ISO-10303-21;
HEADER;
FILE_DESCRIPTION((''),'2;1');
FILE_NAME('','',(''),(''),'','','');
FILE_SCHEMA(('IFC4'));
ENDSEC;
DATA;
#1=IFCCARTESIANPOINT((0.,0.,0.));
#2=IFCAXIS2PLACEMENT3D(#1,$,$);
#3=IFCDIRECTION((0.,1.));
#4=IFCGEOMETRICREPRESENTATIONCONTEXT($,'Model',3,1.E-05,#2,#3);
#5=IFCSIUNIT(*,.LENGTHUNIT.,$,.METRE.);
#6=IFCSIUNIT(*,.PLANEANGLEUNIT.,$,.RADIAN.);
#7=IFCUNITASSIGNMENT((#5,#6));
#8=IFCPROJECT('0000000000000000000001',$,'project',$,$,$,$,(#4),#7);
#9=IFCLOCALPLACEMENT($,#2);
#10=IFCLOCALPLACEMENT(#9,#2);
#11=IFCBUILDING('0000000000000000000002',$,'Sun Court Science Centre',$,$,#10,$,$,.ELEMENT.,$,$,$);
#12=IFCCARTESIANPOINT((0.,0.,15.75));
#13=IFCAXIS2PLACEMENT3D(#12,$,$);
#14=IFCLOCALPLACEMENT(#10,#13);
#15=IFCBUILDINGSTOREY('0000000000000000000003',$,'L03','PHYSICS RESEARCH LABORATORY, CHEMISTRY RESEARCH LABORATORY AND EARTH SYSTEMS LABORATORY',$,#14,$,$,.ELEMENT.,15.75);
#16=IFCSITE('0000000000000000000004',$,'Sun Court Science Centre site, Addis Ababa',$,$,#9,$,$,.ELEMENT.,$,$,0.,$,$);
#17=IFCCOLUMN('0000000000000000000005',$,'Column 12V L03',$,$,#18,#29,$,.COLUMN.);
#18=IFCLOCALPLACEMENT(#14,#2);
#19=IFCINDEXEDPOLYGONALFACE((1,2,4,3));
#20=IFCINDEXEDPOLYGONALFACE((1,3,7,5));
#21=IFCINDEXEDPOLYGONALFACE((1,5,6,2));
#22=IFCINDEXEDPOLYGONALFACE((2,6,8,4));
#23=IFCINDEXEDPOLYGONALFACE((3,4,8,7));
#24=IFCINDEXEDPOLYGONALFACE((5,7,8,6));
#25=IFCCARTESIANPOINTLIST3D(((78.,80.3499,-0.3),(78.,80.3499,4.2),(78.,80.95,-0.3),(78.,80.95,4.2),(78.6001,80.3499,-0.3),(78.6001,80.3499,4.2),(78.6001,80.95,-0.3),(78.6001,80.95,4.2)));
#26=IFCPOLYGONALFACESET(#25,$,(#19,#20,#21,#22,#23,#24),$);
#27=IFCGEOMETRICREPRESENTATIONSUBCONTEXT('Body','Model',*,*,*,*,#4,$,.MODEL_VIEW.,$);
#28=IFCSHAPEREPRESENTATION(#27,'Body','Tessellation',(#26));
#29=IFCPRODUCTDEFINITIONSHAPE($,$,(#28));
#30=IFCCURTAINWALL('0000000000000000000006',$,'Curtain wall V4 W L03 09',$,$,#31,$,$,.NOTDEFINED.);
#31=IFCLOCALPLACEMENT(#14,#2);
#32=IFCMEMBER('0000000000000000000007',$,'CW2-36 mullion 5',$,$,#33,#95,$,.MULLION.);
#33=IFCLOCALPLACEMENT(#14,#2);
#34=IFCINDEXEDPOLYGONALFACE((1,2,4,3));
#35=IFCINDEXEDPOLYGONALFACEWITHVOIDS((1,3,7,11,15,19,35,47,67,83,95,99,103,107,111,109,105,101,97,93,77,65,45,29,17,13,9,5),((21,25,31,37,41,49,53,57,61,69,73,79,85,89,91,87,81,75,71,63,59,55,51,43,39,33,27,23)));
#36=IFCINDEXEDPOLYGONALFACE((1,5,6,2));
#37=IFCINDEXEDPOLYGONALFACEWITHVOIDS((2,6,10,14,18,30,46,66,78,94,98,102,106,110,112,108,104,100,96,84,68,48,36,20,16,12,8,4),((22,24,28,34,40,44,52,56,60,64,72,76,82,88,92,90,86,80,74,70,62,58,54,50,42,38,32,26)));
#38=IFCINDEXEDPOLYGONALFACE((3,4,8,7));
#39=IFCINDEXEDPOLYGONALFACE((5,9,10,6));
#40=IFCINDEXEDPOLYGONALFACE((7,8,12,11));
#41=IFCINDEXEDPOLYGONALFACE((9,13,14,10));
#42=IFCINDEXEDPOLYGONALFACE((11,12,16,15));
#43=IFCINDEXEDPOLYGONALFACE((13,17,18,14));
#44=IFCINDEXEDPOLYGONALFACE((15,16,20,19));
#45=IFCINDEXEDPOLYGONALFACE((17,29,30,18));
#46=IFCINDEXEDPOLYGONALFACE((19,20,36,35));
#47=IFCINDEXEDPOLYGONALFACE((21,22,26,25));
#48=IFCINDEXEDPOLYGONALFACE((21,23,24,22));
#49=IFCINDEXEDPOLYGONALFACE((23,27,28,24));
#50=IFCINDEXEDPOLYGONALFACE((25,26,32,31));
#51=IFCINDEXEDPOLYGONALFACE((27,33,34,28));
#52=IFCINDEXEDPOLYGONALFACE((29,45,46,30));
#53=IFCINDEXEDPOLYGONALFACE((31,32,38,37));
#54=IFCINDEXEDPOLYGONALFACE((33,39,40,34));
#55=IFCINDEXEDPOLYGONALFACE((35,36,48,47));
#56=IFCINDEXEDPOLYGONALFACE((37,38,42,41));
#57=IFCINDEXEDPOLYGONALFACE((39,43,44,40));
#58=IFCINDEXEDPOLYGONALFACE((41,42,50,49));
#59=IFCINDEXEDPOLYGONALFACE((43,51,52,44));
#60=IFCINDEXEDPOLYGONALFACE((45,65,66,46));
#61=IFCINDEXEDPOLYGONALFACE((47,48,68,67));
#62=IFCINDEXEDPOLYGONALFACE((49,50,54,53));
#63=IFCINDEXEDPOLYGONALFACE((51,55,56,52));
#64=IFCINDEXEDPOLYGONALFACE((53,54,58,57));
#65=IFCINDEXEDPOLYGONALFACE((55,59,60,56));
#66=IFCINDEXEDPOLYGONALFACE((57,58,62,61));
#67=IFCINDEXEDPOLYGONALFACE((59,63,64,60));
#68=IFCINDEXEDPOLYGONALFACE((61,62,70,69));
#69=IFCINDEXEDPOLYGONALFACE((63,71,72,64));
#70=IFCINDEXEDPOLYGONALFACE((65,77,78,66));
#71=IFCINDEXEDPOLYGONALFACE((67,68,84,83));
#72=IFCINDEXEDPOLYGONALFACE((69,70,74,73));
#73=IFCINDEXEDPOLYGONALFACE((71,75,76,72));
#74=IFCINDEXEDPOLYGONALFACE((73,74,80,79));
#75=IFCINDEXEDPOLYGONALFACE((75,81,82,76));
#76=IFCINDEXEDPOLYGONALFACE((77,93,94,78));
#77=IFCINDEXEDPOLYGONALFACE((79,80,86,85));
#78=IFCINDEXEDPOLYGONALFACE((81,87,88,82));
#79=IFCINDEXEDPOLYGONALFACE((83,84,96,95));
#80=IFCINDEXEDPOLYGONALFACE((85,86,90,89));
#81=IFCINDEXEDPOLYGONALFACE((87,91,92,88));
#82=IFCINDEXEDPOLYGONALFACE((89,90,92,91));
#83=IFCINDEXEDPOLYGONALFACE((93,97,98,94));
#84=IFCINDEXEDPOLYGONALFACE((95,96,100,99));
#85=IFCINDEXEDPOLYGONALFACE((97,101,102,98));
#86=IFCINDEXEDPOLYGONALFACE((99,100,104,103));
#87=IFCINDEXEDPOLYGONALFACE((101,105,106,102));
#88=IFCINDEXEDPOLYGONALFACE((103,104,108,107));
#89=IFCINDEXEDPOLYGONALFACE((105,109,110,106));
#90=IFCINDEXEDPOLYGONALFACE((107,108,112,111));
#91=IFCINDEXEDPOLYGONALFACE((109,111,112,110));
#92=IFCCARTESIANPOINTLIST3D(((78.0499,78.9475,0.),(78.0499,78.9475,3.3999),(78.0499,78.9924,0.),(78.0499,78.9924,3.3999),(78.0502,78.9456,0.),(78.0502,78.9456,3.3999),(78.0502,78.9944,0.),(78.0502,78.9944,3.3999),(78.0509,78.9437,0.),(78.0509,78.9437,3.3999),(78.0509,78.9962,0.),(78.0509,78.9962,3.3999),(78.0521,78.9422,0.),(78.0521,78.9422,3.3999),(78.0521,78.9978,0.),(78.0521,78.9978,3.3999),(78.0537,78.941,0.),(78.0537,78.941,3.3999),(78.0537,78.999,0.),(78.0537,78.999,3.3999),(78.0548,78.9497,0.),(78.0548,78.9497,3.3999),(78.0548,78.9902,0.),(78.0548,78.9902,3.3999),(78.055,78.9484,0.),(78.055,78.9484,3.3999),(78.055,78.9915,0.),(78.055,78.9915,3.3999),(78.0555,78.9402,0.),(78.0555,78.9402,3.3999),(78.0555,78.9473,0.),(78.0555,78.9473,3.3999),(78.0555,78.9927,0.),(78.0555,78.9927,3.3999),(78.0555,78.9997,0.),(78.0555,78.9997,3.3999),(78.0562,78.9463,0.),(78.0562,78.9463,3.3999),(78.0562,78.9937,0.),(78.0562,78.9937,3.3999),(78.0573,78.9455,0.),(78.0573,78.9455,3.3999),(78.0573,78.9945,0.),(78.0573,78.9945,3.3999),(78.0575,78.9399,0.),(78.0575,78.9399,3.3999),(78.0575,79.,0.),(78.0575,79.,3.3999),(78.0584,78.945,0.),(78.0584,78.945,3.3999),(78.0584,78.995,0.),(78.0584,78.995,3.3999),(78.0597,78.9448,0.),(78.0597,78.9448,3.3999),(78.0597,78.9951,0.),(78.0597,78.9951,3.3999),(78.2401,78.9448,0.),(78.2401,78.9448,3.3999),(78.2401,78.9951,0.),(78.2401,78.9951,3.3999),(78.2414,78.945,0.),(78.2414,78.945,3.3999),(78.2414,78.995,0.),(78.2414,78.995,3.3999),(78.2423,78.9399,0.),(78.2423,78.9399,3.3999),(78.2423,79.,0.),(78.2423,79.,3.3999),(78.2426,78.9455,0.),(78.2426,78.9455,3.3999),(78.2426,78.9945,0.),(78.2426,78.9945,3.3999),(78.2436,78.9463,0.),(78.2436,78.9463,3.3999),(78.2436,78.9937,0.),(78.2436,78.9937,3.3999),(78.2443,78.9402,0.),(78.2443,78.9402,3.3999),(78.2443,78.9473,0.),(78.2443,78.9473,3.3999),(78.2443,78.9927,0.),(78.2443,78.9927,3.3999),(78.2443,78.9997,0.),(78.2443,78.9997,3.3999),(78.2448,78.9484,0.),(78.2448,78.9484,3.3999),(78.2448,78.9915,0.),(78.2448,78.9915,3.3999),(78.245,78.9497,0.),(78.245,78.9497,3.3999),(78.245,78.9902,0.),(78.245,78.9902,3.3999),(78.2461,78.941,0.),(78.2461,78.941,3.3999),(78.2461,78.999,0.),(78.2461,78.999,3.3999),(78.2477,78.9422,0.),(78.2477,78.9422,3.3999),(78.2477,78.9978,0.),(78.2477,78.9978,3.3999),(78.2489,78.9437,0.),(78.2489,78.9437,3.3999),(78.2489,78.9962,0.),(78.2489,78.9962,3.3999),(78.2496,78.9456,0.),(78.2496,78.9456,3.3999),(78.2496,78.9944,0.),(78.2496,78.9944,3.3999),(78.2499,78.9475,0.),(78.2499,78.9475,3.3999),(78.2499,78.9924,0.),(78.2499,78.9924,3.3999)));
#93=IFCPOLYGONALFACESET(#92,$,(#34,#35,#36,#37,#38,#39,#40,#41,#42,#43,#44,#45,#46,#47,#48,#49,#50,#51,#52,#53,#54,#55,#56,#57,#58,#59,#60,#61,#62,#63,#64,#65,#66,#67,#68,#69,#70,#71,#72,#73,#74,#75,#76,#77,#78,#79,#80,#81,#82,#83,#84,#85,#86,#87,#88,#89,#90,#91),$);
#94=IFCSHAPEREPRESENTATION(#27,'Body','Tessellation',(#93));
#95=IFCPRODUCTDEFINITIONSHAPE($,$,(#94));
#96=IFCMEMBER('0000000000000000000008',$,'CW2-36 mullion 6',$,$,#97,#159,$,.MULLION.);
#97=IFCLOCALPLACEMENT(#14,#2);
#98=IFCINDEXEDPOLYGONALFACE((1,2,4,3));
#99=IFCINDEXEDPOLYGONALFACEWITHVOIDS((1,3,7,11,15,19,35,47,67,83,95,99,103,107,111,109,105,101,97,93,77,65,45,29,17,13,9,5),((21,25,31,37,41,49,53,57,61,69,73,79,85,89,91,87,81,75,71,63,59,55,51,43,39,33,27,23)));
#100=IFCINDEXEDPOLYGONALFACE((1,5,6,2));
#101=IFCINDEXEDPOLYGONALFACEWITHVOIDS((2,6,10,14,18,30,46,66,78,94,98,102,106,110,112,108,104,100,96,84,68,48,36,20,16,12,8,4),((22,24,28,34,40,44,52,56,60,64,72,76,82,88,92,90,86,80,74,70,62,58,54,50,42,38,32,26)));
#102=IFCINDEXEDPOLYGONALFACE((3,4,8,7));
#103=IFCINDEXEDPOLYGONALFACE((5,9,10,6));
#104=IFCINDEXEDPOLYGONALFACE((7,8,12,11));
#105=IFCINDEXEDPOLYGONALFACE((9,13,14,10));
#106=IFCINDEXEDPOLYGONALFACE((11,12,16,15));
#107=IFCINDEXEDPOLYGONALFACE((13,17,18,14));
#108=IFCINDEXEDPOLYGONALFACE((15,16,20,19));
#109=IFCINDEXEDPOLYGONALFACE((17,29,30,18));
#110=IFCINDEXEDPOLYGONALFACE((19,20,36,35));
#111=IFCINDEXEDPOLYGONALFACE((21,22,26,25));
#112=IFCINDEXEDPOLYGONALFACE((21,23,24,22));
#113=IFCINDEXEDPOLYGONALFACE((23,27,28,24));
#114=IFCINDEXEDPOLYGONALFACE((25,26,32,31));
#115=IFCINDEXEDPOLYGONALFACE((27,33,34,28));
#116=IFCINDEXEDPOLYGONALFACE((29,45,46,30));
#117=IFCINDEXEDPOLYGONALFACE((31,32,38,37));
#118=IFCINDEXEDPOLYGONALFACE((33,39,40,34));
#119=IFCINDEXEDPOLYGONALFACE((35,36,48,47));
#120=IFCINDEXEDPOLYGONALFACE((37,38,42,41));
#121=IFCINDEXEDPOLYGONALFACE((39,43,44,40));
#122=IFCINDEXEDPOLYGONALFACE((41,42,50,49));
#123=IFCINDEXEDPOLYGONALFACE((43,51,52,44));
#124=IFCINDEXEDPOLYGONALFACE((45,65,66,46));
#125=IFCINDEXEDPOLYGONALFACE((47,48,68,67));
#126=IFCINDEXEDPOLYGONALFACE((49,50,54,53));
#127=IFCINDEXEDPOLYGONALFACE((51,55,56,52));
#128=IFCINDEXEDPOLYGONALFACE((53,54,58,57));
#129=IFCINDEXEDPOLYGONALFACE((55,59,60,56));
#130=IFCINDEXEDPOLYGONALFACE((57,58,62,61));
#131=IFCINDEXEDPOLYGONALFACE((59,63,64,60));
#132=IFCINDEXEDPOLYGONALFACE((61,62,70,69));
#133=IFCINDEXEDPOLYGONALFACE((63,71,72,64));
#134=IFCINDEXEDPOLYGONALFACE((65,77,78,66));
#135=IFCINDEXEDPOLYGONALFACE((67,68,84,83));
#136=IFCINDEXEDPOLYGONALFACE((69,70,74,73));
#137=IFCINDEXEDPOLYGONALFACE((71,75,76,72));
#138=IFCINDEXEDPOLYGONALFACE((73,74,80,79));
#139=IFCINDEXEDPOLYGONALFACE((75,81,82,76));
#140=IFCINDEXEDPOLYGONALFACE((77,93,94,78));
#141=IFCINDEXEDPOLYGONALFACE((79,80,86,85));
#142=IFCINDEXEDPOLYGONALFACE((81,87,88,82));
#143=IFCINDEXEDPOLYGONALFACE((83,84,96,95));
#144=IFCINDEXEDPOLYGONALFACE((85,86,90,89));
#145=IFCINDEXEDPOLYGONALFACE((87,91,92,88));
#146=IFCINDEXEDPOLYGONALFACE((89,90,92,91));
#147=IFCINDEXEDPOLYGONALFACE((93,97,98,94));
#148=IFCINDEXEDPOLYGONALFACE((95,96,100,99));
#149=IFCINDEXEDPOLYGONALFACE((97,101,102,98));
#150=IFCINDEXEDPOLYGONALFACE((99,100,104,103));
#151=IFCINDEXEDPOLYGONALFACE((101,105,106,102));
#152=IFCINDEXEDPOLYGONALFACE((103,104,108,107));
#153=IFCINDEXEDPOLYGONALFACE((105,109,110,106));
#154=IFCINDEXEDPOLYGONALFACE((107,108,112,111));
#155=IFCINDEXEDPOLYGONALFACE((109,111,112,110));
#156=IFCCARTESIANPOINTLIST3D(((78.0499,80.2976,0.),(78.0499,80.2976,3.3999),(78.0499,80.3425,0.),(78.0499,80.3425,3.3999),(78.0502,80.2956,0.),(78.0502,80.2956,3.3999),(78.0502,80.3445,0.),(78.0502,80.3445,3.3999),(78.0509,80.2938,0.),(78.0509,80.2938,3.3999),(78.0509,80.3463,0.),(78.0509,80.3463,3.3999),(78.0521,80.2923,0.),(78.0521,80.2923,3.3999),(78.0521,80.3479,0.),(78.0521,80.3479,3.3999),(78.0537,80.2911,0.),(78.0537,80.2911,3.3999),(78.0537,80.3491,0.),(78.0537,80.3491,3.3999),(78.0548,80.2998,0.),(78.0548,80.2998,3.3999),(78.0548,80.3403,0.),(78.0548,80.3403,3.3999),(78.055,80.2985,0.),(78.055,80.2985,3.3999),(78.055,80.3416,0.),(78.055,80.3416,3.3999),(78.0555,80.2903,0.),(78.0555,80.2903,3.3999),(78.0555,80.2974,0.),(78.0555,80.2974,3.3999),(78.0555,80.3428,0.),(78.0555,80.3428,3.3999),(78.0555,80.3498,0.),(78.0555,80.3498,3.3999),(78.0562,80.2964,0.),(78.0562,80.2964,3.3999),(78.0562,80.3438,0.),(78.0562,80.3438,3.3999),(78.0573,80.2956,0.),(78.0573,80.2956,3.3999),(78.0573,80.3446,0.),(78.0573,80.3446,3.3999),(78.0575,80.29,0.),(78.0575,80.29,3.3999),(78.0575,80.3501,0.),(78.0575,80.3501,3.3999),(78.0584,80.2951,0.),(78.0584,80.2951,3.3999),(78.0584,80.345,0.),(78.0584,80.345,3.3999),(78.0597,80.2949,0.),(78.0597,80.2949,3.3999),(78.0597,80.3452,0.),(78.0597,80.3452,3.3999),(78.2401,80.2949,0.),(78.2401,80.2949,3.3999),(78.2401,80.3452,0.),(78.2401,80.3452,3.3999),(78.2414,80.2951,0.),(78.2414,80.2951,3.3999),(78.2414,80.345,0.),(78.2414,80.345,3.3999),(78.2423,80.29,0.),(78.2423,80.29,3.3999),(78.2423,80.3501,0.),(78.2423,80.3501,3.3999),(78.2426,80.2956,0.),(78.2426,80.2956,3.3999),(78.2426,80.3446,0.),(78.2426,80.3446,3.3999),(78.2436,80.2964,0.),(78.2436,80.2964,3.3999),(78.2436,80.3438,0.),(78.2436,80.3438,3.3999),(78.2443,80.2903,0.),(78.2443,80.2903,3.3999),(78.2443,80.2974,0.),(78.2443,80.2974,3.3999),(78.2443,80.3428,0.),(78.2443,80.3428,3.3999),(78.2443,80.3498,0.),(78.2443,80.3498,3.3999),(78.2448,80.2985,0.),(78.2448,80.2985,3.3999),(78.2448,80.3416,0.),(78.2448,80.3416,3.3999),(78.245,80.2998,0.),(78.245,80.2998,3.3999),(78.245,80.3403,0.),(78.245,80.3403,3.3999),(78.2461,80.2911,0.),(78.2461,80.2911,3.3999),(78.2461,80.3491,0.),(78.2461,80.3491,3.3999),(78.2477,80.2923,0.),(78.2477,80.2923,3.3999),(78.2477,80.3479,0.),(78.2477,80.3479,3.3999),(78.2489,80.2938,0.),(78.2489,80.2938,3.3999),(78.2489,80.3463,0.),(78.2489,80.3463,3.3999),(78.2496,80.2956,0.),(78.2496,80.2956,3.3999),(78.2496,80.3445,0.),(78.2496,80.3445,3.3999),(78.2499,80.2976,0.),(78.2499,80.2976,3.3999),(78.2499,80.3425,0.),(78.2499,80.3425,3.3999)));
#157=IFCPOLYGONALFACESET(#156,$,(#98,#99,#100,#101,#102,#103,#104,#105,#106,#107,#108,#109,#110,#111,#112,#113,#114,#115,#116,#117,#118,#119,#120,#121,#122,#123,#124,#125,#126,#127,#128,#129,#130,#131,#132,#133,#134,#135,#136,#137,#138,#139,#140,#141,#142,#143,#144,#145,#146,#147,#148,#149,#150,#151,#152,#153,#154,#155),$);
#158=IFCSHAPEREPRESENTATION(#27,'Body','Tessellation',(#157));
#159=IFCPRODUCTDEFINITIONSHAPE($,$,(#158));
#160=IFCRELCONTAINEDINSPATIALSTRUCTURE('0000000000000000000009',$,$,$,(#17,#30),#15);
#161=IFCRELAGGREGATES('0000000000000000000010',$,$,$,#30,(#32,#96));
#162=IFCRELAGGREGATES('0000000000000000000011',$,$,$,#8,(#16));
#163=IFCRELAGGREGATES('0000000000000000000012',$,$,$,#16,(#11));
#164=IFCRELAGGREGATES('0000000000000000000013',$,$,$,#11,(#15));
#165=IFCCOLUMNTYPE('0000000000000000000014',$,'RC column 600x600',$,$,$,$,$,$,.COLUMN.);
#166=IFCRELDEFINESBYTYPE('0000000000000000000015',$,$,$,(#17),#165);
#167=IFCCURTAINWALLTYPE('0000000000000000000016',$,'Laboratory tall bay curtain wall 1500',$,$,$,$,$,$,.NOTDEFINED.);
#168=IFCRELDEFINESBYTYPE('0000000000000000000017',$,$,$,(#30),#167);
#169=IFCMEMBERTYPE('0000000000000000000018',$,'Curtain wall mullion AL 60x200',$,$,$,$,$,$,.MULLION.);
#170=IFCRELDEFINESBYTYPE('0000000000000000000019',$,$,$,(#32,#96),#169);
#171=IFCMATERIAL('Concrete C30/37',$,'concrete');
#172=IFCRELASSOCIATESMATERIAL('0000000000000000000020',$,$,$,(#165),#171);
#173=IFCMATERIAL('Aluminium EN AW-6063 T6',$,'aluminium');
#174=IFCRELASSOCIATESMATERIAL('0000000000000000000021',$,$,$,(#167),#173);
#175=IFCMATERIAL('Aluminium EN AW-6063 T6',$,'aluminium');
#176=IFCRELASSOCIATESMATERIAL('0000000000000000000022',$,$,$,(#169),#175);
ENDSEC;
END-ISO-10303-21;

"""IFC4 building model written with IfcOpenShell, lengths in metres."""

from ifc_helpers import new_model, si_unit, direction, frame, origin, origin_2d, place, context, subcontext, project, spatial, rectangle, hollow_rectangle, extrude, material, material_profile, profile_set, type_object, element, aggregate, save


model = new_model("IFC4")

# Units and contexts
model_context = context("Model", 3, precision=1e-05, world=origin(), true_north=direction((0.0, 1.0)))
body_context = subcontext(model_context, "Body", "Model", "MODEL_VIEW")
ifc_project = project(units=[si_unit("LENGTHUNIT", "METRE"), si_unit("PLANEANGLEUNIT", "RADIAN")], contexts=[model_context])

# Site, building, storey
site_placement = place(None, origin())
site = spatial("IfcSite", under=ifc_project, at=site_placement, Name="Sun Court Science Centre site, Addis Ababa", CompositionType="ELEMENT", RefElevation=0.0)
building_placement = place(site_placement, origin())
building = spatial("IfcBuilding", under=site, at=building_placement, Name="Sun Court Science Centre", CompositionType="ELEMENT")
storey_placement = place(building_placement, frame((0.0, 0.0, 15.75)))
storey = spatial("IfcBuildingStorey", under=building, at=storey_placement, Name="L03", Description="PHYSICS RESEARCH LABORATORY, CHEMISTRY RESEARCH LABORATORY AND EARTH SYSTEMS LABORATORY", CompositionType="ELEMENT", Elevation=15.75)

# Column
ifc_material_1 = material(Name="Concrete C30/37", Category="concrete")
ifc_material_profile_1 = material_profile(ifc_material_1, rectangle(XDim=0.6001, YDim=0.6001, at=origin_2d()), Name="RC 600x600")
ifc_profile_set_1 = profile_set([ifc_material_profile_1], Name="Concrete C30/37")
column_type = type_object("IfcColumnType", Name="RC column 600x600", PredefinedType="COLUMN", material=ifc_profile_set_1)
column_placement = place(storey_placement, frame((78.3, 80.6499, -0.3), z_axis=(0.0, 0.0, 1.0), x_axis=(1.0, 0.0, 0.0)))
element("IfcColumn", 1, at=column_placement, inside=storey, type_object=column_type, Name="Column 12V L03", PredefinedType="COLUMN", context=body_context, shape_type="SweptSolid", body=[
    extrude(rectangle(XDim=0.6001, YDim=0.6001, at=origin_2d()), origin(), (0.0, 0.0, 1.0), 4.5),
])

# Curtain wall, members
ifc_material_2 = material(Name="Aluminium EN AW-6063 T6", Category="aluminium")
curtain_wall_type = type_object("IfcCurtainWallType", Name="Laboratory tall bay curtain wall 1500", PredefinedType="NOTDEFINED", material=ifc_material_2)
curtain_wall_1_placement = place(storey_placement, origin())
curtain_wall_1 = element("IfcCurtainWall", 2, at=curtain_wall_1_placement, inside=storey, type_object=curtain_wall_type, Name="Curtain wall V4 W L03 09", PredefinedType="NOTDEFINED")
ifc_material_3 = material(Name="Aluminium EN AW-6063 T6", Category="aluminium")
ifc_material_profile_2 = material_profile(ifc_material_3, hollow_rectangle(XDim=0.0601, YDim=0.2, WallThickness=0.0049, InnerFilletRadius=0.0049, OuterFilletRadius=0.0076, at=origin_2d()), Name="AL 60x200x5")
ifc_profile_set_2 = profile_set([ifc_material_profile_2], Name="Aluminium EN AW-6063 T6")
member_type_1 = type_object("IfcMemberType", Name="Curtain wall mullion AL 60x200", PredefinedType="MULLION", material=ifc_profile_set_2)
member_1_placement = place(storey_placement, frame((78.1499, 78.97, 0.0), z_axis=(0.0, 0.0, 1.0), x_axis=(0.0, 1.0, 0.0)))
member_1 = element("IfcMember", 3, at=member_1_placement, type_object=member_type_1, Name="CW2-36 mullion 5", PredefinedType="MULLION", context=body_context, shape_type="SweptSolid", body=[
    extrude(hollow_rectangle(XDim=0.0601, YDim=0.2, WallThickness=0.0049, InnerFilletRadius=0.0049, OuterFilletRadius=0.0076, at=origin_2d()), origin(), (0.0, 0.0, 1.0), 3.3999),
])
member_2_placement = place(storey_placement, frame((78.1499, 80.3201, 0.0), z_axis=(0.0, 0.0, 1.0), x_axis=(0.0, 1.0, 0.0)))
member_2 = element("IfcMember", 4, at=member_2_placement, type_object=member_type_1, Name="CW2-36 mullion 6", PredefinedType="MULLION", context=body_context, shape_type="SweptSolid", body=[
    extrude(hollow_rectangle(XDim=0.0601, YDim=0.2, WallThickness=0.0049, InnerFilletRadius=0.0049, OuterFilletRadius=0.0076, at=origin_2d()), origin(), (0.0, 0.0, 1.0), 3.3999),
])

aggregate(curtain_wall_1, [member_1, member_2])

save(model, "model.ifc")
